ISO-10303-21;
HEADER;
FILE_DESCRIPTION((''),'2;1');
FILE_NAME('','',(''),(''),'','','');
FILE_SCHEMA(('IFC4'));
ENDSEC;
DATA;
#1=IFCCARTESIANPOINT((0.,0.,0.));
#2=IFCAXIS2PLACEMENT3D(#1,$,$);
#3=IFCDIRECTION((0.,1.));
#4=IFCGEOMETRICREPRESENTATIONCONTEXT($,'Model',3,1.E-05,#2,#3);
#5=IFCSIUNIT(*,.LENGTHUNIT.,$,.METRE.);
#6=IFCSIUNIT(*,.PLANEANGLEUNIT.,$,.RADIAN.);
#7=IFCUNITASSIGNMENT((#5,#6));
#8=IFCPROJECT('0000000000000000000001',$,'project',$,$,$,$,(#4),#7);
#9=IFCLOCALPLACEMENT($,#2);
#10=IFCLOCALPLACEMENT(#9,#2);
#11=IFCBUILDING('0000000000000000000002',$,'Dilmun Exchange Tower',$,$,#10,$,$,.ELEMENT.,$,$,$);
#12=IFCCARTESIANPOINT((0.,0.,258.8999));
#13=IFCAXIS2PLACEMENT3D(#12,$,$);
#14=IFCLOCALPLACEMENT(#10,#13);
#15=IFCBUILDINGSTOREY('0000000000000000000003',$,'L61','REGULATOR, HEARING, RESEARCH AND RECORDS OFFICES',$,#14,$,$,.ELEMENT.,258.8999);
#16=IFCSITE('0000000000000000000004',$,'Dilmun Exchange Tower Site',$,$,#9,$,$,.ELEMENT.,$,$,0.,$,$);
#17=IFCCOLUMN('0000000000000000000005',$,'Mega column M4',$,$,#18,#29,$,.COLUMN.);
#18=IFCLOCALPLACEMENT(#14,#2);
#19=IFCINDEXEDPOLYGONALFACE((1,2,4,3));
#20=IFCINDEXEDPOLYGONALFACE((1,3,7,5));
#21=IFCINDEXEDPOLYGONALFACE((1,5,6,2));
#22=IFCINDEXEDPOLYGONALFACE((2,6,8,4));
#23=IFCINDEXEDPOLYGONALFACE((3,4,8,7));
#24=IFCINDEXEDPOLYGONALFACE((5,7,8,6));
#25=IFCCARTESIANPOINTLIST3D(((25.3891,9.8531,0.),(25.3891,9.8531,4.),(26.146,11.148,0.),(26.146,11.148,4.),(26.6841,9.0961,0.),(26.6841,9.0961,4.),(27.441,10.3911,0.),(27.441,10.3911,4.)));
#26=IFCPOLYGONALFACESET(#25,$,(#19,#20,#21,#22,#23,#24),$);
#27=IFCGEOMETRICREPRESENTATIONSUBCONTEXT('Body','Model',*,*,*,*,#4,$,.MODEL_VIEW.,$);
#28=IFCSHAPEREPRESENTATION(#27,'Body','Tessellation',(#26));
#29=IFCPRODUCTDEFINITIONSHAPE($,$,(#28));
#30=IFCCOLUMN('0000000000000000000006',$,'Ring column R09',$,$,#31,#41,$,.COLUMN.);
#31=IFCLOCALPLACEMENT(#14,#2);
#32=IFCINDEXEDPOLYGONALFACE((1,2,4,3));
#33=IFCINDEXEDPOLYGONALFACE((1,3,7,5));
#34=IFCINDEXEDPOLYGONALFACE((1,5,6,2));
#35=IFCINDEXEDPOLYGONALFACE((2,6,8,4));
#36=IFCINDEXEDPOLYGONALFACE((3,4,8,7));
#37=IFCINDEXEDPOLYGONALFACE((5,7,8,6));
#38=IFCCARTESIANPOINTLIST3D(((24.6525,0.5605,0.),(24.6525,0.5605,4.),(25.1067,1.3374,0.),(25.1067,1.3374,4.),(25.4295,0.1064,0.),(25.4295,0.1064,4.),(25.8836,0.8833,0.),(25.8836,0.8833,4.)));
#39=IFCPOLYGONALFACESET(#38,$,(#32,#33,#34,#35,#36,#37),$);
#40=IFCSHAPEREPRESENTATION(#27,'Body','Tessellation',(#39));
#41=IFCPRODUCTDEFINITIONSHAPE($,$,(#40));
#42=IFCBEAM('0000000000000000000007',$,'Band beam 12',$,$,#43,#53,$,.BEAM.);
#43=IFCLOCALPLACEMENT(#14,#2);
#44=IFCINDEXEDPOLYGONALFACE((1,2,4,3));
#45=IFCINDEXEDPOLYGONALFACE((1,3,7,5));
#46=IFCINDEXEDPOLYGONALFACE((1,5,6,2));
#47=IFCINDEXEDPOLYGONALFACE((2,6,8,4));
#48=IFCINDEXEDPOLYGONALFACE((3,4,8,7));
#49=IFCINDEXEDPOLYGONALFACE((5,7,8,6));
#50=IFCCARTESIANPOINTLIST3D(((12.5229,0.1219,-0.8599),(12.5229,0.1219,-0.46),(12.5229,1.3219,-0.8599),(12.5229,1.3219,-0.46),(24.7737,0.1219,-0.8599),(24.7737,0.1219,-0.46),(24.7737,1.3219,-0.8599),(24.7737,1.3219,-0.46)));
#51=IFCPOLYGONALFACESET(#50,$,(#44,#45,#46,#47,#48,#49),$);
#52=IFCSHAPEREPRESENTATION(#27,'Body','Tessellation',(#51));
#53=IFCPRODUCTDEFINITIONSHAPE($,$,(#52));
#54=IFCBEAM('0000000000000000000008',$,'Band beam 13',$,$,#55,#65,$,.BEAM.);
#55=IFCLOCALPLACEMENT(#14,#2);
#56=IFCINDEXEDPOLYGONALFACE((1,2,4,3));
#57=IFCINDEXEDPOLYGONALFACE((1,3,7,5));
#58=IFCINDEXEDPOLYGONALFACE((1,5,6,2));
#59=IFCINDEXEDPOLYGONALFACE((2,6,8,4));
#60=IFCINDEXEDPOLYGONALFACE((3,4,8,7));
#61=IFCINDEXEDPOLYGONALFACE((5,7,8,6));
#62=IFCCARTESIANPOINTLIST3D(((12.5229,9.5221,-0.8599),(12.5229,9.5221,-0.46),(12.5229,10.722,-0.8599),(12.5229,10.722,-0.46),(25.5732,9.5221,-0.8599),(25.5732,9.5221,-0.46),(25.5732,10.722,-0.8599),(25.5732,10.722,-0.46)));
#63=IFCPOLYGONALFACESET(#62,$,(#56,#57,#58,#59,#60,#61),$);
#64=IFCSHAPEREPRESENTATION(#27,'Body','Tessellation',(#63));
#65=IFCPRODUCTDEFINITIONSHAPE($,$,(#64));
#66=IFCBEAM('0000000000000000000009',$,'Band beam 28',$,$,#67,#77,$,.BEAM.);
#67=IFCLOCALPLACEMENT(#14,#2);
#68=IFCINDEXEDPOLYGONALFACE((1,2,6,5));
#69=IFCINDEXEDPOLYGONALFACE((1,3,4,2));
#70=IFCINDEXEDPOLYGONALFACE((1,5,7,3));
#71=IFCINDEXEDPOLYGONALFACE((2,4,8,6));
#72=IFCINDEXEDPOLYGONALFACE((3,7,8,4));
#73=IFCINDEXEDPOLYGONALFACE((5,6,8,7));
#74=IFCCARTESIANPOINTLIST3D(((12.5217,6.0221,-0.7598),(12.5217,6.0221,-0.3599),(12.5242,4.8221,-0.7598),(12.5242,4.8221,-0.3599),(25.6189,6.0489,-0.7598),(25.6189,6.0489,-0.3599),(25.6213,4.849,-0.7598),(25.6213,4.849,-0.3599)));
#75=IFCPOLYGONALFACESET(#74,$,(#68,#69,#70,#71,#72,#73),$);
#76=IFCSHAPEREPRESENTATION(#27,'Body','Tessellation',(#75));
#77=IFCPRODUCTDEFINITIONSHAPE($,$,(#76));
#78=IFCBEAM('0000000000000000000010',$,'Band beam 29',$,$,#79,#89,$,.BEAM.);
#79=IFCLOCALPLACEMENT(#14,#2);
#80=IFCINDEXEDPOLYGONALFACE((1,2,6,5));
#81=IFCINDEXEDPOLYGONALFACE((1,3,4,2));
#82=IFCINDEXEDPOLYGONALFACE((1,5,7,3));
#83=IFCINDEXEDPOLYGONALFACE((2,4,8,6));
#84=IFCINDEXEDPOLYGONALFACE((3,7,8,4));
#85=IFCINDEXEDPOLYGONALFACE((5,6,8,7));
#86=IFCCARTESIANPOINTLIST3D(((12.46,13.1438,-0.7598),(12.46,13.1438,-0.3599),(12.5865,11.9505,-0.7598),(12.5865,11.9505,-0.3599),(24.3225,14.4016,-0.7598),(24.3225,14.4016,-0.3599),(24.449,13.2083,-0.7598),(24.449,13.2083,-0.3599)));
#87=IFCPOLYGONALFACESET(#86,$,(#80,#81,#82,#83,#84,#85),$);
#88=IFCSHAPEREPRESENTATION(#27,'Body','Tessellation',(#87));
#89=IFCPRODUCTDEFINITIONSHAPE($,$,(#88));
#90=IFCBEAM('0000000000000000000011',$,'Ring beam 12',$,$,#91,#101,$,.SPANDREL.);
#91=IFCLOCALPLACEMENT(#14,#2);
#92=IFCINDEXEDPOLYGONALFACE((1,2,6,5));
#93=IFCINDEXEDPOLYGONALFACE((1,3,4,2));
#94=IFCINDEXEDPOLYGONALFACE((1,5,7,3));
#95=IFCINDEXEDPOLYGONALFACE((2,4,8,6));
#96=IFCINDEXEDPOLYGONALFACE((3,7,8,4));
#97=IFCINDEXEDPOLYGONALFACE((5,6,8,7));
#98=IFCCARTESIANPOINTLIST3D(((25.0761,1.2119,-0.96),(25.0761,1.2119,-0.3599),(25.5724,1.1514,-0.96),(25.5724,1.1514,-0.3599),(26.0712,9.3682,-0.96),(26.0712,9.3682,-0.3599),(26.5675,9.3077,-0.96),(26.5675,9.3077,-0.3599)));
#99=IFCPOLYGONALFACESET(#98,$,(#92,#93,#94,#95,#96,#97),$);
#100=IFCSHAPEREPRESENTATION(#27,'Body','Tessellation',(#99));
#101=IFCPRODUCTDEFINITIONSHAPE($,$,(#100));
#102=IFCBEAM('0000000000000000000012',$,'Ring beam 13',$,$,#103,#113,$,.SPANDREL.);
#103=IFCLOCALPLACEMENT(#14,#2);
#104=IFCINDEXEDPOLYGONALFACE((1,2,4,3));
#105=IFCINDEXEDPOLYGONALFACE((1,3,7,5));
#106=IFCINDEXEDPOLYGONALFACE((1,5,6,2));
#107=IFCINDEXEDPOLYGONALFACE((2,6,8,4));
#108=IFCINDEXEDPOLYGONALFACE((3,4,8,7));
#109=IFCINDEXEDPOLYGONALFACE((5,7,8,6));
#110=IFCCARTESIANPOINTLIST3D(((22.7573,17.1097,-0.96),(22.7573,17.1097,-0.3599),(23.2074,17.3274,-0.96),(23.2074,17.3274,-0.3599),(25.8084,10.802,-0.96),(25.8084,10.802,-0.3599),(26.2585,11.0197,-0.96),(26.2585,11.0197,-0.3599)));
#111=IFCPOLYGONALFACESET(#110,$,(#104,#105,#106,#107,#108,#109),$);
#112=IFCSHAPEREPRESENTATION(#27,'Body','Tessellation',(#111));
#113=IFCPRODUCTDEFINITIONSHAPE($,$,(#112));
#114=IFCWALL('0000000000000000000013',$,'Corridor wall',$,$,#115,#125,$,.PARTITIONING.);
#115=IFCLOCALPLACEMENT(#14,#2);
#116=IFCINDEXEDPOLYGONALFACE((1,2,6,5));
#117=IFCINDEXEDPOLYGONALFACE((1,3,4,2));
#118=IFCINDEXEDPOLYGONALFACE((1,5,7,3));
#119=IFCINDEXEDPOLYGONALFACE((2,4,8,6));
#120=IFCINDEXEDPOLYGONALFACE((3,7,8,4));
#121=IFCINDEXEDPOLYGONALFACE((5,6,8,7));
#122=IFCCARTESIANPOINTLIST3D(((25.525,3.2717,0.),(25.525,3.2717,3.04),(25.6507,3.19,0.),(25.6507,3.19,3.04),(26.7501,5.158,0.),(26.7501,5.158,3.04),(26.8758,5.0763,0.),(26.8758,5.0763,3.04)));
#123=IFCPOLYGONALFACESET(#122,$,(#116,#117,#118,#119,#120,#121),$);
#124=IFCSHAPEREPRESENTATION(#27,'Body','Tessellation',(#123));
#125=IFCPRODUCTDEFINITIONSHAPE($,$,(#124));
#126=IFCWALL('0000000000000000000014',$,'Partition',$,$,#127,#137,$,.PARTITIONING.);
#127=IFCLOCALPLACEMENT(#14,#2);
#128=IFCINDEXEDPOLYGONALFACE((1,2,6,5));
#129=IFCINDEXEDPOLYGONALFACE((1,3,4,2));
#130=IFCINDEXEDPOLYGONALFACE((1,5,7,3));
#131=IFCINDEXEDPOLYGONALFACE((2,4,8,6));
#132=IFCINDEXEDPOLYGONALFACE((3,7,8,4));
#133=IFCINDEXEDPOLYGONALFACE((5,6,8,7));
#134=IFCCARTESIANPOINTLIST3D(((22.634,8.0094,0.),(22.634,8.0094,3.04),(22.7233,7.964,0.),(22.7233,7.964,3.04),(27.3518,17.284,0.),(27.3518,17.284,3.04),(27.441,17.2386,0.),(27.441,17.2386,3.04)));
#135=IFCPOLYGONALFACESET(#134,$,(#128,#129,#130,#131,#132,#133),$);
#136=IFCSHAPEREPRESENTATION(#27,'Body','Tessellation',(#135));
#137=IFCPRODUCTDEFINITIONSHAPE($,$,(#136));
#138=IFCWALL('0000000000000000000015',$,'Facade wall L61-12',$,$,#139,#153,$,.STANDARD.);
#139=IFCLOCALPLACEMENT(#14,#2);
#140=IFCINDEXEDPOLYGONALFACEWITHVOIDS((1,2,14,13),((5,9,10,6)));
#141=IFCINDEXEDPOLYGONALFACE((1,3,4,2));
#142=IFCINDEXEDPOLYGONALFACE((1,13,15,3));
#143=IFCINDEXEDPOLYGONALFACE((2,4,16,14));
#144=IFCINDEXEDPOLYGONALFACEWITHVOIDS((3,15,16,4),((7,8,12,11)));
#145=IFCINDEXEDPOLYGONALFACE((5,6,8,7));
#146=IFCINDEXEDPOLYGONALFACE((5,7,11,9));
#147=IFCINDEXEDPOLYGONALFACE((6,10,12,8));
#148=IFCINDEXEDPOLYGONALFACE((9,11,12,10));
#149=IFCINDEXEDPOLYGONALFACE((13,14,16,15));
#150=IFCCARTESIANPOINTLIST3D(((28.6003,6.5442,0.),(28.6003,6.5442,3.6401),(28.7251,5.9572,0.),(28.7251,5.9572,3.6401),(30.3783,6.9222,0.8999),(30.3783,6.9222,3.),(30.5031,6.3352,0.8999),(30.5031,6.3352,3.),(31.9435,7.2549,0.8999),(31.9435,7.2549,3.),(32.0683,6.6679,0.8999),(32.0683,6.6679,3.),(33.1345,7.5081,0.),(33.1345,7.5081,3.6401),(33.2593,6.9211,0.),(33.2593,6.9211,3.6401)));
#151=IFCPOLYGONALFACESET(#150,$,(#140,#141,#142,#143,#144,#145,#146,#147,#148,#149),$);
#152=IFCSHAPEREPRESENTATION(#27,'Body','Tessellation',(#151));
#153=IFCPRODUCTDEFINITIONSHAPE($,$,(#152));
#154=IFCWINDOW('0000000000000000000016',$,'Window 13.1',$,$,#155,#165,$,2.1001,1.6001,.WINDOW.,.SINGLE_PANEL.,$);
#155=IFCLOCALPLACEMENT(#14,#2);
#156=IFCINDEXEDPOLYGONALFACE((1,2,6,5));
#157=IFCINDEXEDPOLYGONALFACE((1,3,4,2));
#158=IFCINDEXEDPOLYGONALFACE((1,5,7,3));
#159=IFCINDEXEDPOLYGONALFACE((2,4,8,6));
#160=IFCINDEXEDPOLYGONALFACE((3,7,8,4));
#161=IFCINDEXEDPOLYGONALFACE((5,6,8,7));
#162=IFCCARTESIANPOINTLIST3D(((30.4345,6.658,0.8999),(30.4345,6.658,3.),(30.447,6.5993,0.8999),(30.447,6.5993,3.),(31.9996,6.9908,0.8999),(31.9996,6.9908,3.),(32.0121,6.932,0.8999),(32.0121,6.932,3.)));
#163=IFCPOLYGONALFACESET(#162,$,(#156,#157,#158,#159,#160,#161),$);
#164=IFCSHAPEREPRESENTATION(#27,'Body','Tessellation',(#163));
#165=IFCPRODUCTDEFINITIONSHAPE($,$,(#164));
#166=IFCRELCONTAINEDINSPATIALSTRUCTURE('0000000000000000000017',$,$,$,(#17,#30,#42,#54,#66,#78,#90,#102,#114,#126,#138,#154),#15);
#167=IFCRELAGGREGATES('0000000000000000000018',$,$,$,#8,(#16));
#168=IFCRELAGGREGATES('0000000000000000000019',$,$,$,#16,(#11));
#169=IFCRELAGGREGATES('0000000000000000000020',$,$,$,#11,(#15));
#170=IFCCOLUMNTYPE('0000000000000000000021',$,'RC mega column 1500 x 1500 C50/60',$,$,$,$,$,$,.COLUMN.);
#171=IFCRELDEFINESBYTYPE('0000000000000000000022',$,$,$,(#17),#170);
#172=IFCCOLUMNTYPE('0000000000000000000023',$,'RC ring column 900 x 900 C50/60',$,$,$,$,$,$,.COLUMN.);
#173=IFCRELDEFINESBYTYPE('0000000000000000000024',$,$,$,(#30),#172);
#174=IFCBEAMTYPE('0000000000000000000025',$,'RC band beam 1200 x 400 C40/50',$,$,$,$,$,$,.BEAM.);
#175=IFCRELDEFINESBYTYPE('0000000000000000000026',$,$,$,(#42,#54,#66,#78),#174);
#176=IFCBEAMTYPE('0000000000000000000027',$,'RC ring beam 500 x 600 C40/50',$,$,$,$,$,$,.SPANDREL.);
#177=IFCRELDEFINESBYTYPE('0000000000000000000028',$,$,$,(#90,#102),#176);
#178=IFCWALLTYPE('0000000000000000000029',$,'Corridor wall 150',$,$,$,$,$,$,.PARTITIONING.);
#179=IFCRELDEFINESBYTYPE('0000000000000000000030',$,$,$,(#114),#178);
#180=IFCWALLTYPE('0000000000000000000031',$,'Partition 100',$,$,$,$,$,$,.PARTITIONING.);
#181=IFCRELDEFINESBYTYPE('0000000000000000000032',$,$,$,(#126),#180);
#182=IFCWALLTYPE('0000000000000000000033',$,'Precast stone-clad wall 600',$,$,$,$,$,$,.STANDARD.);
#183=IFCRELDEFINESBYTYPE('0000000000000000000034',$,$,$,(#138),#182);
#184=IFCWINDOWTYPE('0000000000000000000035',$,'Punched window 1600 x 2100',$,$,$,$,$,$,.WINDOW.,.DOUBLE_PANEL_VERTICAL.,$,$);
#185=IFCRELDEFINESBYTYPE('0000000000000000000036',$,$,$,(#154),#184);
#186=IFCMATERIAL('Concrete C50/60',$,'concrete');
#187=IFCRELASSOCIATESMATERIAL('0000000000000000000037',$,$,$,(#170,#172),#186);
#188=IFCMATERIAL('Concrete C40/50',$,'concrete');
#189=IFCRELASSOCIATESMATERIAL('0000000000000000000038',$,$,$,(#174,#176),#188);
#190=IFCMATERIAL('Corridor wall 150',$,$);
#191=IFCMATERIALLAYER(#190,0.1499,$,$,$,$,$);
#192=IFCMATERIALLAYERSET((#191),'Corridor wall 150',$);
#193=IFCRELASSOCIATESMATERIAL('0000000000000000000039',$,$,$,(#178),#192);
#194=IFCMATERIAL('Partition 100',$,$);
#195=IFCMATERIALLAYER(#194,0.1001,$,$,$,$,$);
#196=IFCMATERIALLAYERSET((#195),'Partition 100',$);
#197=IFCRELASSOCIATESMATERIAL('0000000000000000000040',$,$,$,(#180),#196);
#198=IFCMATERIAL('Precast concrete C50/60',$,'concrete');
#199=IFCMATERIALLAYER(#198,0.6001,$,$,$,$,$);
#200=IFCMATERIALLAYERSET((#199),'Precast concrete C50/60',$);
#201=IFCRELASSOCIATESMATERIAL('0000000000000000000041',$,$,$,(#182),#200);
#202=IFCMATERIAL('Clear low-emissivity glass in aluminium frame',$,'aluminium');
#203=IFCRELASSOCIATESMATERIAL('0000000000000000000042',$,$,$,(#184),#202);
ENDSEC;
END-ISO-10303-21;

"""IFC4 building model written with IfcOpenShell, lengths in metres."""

from ifc_helpers import new_model, si_unit, direction, frame, frame_2d, origin, origin_2d, place, context, subcontext, project, spatial, rectangle, extrude, material, layer, layer_set, material_profile, profile_set, type_object, element, fill, save


model = new_model("IFC4")

# Units and contexts
model_context = context("Model", 3, precision=1e-05, world=origin(), true_north=direction((0.0, 1.0)))
body_context = subcontext(model_context, "Body", "Model", "MODEL_VIEW")
ifc_project = project(units=[si_unit("LENGTHUNIT", "METRE"), si_unit("PLANEANGLEUNIT", "RADIAN")], contexts=[model_context])

# Site, building, storey
site_placement = place(None, origin())
site = spatial("IfcSite", under=ifc_project, at=site_placement, Name="Dilmun Exchange Tower Site", CompositionType="ELEMENT", RefElevation=0.0)
building_placement = place(site_placement, origin())
building = spatial("IfcBuilding", under=site, at=building_placement, Name="Dilmun Exchange Tower", CompositionType="ELEMENT")
storey_placement = place(building_placement, frame((0.0, 0.0, 258.8999)))
storey = spatial("IfcBuildingStorey", under=building, at=storey_placement, Name="L61", Description="REGULATOR, HEARING, RESEARCH AND RECORDS OFFICES", CompositionType="ELEMENT", Elevation=258.8999)

# Columns
ifc_material_1 = material(Name="Concrete C50/60", Category="concrete")
ifc_material_profile_1 = material_profile(ifc_material_1, rectangle(XDim=1.5, YDim=1.5, at=origin_2d()), Name="1500 x 1500")
ifc_profile_set_1 = profile_set([ifc_material_profile_1], Name="Concrete C50/60")
column_type_1 = type_object("IfcColumnType", Name="RC mega column 1500 x 1500 C50/60", PredefinedType="COLUMN", material=ifc_profile_set_1)
column_1_placement = place(storey_placement, frame((26.415, 10.1221, 0.0), z_axis=(0.0, 0.0, 1.0), x_axis=(0.504644, 0.863328, 0.0)))
element("IfcColumn", 1, at=column_1_placement, inside=storey, type_object=column_type_1, Name="Mega column M4", PredefinedType="COLUMN", context=body_context, shape_type="SweptSolid", body=[
    extrude(rectangle(XDim=1.5, YDim=1.5, at=origin_2d()), origin(), (0.0, 0.0, 1.0), 4.0),
])
ifc_material_profile_2 = material_profile(ifc_material_1, rectangle(XDim=0.8999, YDim=0.8999, at=origin_2d()), Name="900 x 900")
ifc_profile_set_2 = profile_set([ifc_material_profile_2], Name="Concrete C50/60")
column_type_2 = type_object("IfcColumnType", Name="RC ring column 900 x 900 C50/60", PredefinedType="COLUMN", material=ifc_profile_set_2)
column_2_placement = place(storey_placement, frame((25.2681, 0.7219, 0.0), z_axis=(0.0, 0.0, 1.0), x_axis=(0.504644, 0.863328, 0.0)))
element("IfcColumn", 2, at=column_2_placement, inside=storey, type_object=column_type_2, Name="Ring column R09", PredefinedType="COLUMN", context=body_context, shape_type="SweptSolid", body=[
    extrude(rectangle(XDim=0.8999, YDim=0.8999, at=origin_2d()), origin(), (0.0, 0.0, 1.0), 4.0),
])

# Beams
ifc_material_2 = material(Name="Concrete C40/50", Category="concrete")
ifc_material_profile_3 = material_profile(ifc_material_2, rectangle(XDim=1.2, YDim=0.3999, at=origin_2d()), Name="1200 x 400")
ifc_profile_set_3 = profile_set([ifc_material_profile_3], Name="Concrete C40/50")
beam_type_1 = type_object("IfcBeamType", Name="RC band beam 1200 x 400 C40/50", PredefinedType="BEAM", material=ifc_profile_set_3)
beam_1_placement = place(storey_placement, frame((24.7737, 0.7219, -0.6599), z_axis=(-1.0, 0.0, 0.0), x_axis=(0.0, -1.0, 0.0)))
element("IfcBeam", 3, at=beam_1_placement, inside=storey, type_object=beam_type_1, Name="Band beam 12", PredefinedType="BEAM", context=body_context, shape_type="SweptSolid", body=[
    extrude(rectangle(XDim=1.2, YDim=0.3999, at=origin_2d()), origin(), (0.0, 0.0, 1.0), 12.2507),
])
beam_2_placement = place(storey_placement, frame((25.5732, 10.1221, -0.6599), z_axis=(-1.0, 0.0, 0.0), x_axis=(0.0, -1.0, 0.0)))
element("IfcBeam", 4, at=beam_2_placement, inside=storey, type_object=beam_type_1, Name="Band beam 13", PredefinedType="BEAM", context=body_context, shape_type="SweptSolid", body=[
    extrude(rectangle(XDim=1.2, YDim=0.3999, at=origin_2d()), origin(), (0.0, 0.0, 1.0), 13.0503),
])
beam_3_placement = place(storey_placement, frame((25.6201, 5.449, -0.5598), z_axis=(-0.999998, -0.00205, 0.0), x_axis=(0.00205, -0.999998, 0.0)))
element("IfcBeam", 5, at=beam_3_placement, inside=storey, type_object=beam_type_1, Name="Band beam 28", PredefinedType="BEAM", context=body_context, shape_type="SweptSolid", body=[
    extrude(rectangle(XDim=1.2, YDim=0.3999, at=origin_2d()), origin(), (0.0, 0.0, 1.0), 13.0972),
])
beam_4_placement = place(storey_placement, frame((24.3857, 13.8049, -0.5598), z_axis=(-0.994426, -0.105441, 0.0), x_axis=(0.105441, -0.994426, 0.0)))
element("IfcBeam", 6, at=beam_4_placement, inside=storey, type_object=beam_type_1, Name="Band beam 29", PredefinedType="BEAM", context=body_context, shape_type="SweptSolid", body=[
    extrude(rectangle(XDim=1.2, YDim=0.3999, at=origin_2d()), origin(), (0.0, 0.0, 1.0), 11.929),
])
ifc_material_profile_4 = material_profile(ifc_material_2, rectangle(XDim=0.5, YDim=0.6001, at=origin_2d()), Name="500 x 600")
ifc_profile_set_4 = profile_set([ifc_material_profile_4], Name="Concrete C40/50")
beam_type_2 = type_object("IfcBeamType", Name="RC ring beam 500 x 600 C40/50", PredefinedType="SPANDREL", material=ifc_profile_set_4)
beam_5_placement = place(storey_placement, frame((25.3242, 1.1816, -0.6599), z_axis=(0.121109, 0.992639, 0.0), x_axis=(-0.992639, 0.121109, 0.0)))
element("IfcBeam", 7, at=beam_5_placement, inside=storey, type_object=beam_type_2, Name="Ring beam 12", PredefinedType="SPANDREL", context=body_context, shape_type="SweptSolid", body=[
    extrude(rectangle(XDim=0.5, YDim=0.6001, at=origin_2d()), origin(), (0.0, 0.0, 1.0), 8.2168),
])
beam_6_placement = place(storey_placement, frame((26.0334, 10.9109, -0.6599), z_axis=(-0.43544, 0.900218, 0.0), x_axis=(-0.900218, -0.43544, 0.0)))
element("IfcBeam", 8, at=beam_6_placement, inside=storey, type_object=beam_type_2, Name="Ring beam 13", PredefinedType="SPANDREL", context=body_context, shape_type="SweptSolid", body=[
    extrude(rectangle(XDim=0.5, YDim=0.6001, at=origin_2d()), origin(), (0.0, 0.0, 1.0), 7.0068),
])

# Walls
ifc_material_3 = material(Name="Corridor wall 150")
ifc_layer_1 = layer(ifc_material_3, 0.1499)
ifc_layer_set_1 = layer_set([ifc_layer_1], Name="Corridor wall 150")
wall_type_1 = type_object("IfcWallType", Name="Corridor wall 150", PredefinedType="PARTITIONING", material=ifc_layer_set_1)
wall_1_placement = place(storey_placement, frame((25.5879, 3.231, 0.0), z_axis=(0.0, 0.0, 1.0), x_axis=(0.544691, 0.838637, 0.0)))
element("IfcWall", 9, at=wall_1_placement, inside=storey, type_object=wall_type_1, Name="Corridor wall", PredefinedType="PARTITIONING", context=body_context, shape_type="SweptSolid", body=[
    extrude(rectangle(XDim=2.2493, YDim=0.1499, at=frame_2d((1.1245, 0.0))), origin(), (0.0, 0.0, 1.0), 3.04),
])
ifc_material_4 = material(Name="Partition 100")
ifc_layer_2 = layer(ifc_material_4, 0.1001)
ifc_layer_set_2 = layer_set([ifc_layer_2], Name="Partition 100")
wall_type_2 = type_object("IfcWallType", Name="Partition 100", PredefinedType="PARTITIONING", material=ifc_layer_set_2)
wall_2_placement = place(storey_placement, frame((22.6787, 7.9868, 0.0), z_axis=(0.0, 0.0, 1.0), x_axis=(0.453388, 0.891313, 0.0)))
element("IfcWall", 10, at=wall_2_placement, inside=storey, type_object=wall_type_2, Name="Partition", PredefinedType="PARTITIONING", context=body_context, shape_type="SweptSolid", body=[
    extrude(rectangle(XDim=10.4055, YDim=0.1001, at=frame_2d((5.2026, 0.0))), origin(), (0.0, 0.0, 1.0), 3.04),
])

# Wall, opening, window
ifc_material_5 = material(Name="Precast concrete C50/60", Category="concrete")
ifc_layer_3 = layer(ifc_material_5, 0.6001)
ifc_layer_set_3 = layer_set([ifc_layer_3], Name="Precast concrete C50/60")
wall_type_3 = type_object("IfcWallType", Name="Precast stone-clad wall 600", PredefinedType="STANDARD", material=ifc_layer_set_3)
wall_3_placement = place(storey_placement, frame((33.197, 7.2146, 0.0), z_axis=(0.0, 0.0, 1.0), x_axis=(-0.978143, -0.207932, 0.0)))
wall_3 = element("IfcWall", 11, at=wall_3_placement, inside=storey, type_object=wall_type_3, Name="Facade wall L61-12", PredefinedType="STANDARD", context=body_context, shape_type="SweptSolid", body=[
    extrude(rectangle(XDim=4.6355, YDim=0.6001, at=frame_2d((2.3179, 0.0))), origin(), (0.0, 0.0, 1.0), 3.6401),
])
opening_1_placement = place(wall_3_placement, frame((1.2178, 0.0, 0.8999)))
opening_1 = element("IfcOpeningElement", 12, at=opening_1_placement, cuts=wall_3, PredefinedType="OPENING", context=body_context, shape_type="SweptSolid", body=[
    extrude(rectangle(XDim=1.6001, YDim=2.1001, at=frame_2d((0.8, 1.05))), frame((0.0, 0.3101, 0.0), z_axis=(0.0, -1.0, 0.0), x_axis=(1.0, 0.0, 0.0)), (0.0, 0.0, 1.0), 0.6201),
])
ifc_material_6 = material(Name="Clear low-emissivity glass in aluminium frame", Category="aluminium")
window_type_1 = type_object("IfcWindowType", Name="Punched window 1600 x 2100", PartitioningType="DOUBLE_PANEL_VERTICAL", PredefinedType="WINDOW", material=ifc_material_6)
window_1_placement = place(opening_1_placement, origin())
window_1 = element("IfcWindow", 13, at=window_1_placement, inside=storey, type_object=window_type_1, Name="Window 13.1", OverallHeight=2.1001, OverallWidth=1.6001, PartitioningType="SINGLE_PANEL", PredefinedType="WINDOW", context=body_context, shape_type="SweptSolid", body=[
    extrude(rectangle(XDim=1.6001, YDim=2.1001, at=frame_2d((0.8, 1.05))), frame((0.0, 0.03, 0.0), z_axis=(0.0, -1.0, 0.0), x_axis=(1.0, 0.0, 0.0)), (0.0, 0.0, 1.0), 0.0601),
])
fill(opening_1, window_1)

save(model, "model.ifc")
